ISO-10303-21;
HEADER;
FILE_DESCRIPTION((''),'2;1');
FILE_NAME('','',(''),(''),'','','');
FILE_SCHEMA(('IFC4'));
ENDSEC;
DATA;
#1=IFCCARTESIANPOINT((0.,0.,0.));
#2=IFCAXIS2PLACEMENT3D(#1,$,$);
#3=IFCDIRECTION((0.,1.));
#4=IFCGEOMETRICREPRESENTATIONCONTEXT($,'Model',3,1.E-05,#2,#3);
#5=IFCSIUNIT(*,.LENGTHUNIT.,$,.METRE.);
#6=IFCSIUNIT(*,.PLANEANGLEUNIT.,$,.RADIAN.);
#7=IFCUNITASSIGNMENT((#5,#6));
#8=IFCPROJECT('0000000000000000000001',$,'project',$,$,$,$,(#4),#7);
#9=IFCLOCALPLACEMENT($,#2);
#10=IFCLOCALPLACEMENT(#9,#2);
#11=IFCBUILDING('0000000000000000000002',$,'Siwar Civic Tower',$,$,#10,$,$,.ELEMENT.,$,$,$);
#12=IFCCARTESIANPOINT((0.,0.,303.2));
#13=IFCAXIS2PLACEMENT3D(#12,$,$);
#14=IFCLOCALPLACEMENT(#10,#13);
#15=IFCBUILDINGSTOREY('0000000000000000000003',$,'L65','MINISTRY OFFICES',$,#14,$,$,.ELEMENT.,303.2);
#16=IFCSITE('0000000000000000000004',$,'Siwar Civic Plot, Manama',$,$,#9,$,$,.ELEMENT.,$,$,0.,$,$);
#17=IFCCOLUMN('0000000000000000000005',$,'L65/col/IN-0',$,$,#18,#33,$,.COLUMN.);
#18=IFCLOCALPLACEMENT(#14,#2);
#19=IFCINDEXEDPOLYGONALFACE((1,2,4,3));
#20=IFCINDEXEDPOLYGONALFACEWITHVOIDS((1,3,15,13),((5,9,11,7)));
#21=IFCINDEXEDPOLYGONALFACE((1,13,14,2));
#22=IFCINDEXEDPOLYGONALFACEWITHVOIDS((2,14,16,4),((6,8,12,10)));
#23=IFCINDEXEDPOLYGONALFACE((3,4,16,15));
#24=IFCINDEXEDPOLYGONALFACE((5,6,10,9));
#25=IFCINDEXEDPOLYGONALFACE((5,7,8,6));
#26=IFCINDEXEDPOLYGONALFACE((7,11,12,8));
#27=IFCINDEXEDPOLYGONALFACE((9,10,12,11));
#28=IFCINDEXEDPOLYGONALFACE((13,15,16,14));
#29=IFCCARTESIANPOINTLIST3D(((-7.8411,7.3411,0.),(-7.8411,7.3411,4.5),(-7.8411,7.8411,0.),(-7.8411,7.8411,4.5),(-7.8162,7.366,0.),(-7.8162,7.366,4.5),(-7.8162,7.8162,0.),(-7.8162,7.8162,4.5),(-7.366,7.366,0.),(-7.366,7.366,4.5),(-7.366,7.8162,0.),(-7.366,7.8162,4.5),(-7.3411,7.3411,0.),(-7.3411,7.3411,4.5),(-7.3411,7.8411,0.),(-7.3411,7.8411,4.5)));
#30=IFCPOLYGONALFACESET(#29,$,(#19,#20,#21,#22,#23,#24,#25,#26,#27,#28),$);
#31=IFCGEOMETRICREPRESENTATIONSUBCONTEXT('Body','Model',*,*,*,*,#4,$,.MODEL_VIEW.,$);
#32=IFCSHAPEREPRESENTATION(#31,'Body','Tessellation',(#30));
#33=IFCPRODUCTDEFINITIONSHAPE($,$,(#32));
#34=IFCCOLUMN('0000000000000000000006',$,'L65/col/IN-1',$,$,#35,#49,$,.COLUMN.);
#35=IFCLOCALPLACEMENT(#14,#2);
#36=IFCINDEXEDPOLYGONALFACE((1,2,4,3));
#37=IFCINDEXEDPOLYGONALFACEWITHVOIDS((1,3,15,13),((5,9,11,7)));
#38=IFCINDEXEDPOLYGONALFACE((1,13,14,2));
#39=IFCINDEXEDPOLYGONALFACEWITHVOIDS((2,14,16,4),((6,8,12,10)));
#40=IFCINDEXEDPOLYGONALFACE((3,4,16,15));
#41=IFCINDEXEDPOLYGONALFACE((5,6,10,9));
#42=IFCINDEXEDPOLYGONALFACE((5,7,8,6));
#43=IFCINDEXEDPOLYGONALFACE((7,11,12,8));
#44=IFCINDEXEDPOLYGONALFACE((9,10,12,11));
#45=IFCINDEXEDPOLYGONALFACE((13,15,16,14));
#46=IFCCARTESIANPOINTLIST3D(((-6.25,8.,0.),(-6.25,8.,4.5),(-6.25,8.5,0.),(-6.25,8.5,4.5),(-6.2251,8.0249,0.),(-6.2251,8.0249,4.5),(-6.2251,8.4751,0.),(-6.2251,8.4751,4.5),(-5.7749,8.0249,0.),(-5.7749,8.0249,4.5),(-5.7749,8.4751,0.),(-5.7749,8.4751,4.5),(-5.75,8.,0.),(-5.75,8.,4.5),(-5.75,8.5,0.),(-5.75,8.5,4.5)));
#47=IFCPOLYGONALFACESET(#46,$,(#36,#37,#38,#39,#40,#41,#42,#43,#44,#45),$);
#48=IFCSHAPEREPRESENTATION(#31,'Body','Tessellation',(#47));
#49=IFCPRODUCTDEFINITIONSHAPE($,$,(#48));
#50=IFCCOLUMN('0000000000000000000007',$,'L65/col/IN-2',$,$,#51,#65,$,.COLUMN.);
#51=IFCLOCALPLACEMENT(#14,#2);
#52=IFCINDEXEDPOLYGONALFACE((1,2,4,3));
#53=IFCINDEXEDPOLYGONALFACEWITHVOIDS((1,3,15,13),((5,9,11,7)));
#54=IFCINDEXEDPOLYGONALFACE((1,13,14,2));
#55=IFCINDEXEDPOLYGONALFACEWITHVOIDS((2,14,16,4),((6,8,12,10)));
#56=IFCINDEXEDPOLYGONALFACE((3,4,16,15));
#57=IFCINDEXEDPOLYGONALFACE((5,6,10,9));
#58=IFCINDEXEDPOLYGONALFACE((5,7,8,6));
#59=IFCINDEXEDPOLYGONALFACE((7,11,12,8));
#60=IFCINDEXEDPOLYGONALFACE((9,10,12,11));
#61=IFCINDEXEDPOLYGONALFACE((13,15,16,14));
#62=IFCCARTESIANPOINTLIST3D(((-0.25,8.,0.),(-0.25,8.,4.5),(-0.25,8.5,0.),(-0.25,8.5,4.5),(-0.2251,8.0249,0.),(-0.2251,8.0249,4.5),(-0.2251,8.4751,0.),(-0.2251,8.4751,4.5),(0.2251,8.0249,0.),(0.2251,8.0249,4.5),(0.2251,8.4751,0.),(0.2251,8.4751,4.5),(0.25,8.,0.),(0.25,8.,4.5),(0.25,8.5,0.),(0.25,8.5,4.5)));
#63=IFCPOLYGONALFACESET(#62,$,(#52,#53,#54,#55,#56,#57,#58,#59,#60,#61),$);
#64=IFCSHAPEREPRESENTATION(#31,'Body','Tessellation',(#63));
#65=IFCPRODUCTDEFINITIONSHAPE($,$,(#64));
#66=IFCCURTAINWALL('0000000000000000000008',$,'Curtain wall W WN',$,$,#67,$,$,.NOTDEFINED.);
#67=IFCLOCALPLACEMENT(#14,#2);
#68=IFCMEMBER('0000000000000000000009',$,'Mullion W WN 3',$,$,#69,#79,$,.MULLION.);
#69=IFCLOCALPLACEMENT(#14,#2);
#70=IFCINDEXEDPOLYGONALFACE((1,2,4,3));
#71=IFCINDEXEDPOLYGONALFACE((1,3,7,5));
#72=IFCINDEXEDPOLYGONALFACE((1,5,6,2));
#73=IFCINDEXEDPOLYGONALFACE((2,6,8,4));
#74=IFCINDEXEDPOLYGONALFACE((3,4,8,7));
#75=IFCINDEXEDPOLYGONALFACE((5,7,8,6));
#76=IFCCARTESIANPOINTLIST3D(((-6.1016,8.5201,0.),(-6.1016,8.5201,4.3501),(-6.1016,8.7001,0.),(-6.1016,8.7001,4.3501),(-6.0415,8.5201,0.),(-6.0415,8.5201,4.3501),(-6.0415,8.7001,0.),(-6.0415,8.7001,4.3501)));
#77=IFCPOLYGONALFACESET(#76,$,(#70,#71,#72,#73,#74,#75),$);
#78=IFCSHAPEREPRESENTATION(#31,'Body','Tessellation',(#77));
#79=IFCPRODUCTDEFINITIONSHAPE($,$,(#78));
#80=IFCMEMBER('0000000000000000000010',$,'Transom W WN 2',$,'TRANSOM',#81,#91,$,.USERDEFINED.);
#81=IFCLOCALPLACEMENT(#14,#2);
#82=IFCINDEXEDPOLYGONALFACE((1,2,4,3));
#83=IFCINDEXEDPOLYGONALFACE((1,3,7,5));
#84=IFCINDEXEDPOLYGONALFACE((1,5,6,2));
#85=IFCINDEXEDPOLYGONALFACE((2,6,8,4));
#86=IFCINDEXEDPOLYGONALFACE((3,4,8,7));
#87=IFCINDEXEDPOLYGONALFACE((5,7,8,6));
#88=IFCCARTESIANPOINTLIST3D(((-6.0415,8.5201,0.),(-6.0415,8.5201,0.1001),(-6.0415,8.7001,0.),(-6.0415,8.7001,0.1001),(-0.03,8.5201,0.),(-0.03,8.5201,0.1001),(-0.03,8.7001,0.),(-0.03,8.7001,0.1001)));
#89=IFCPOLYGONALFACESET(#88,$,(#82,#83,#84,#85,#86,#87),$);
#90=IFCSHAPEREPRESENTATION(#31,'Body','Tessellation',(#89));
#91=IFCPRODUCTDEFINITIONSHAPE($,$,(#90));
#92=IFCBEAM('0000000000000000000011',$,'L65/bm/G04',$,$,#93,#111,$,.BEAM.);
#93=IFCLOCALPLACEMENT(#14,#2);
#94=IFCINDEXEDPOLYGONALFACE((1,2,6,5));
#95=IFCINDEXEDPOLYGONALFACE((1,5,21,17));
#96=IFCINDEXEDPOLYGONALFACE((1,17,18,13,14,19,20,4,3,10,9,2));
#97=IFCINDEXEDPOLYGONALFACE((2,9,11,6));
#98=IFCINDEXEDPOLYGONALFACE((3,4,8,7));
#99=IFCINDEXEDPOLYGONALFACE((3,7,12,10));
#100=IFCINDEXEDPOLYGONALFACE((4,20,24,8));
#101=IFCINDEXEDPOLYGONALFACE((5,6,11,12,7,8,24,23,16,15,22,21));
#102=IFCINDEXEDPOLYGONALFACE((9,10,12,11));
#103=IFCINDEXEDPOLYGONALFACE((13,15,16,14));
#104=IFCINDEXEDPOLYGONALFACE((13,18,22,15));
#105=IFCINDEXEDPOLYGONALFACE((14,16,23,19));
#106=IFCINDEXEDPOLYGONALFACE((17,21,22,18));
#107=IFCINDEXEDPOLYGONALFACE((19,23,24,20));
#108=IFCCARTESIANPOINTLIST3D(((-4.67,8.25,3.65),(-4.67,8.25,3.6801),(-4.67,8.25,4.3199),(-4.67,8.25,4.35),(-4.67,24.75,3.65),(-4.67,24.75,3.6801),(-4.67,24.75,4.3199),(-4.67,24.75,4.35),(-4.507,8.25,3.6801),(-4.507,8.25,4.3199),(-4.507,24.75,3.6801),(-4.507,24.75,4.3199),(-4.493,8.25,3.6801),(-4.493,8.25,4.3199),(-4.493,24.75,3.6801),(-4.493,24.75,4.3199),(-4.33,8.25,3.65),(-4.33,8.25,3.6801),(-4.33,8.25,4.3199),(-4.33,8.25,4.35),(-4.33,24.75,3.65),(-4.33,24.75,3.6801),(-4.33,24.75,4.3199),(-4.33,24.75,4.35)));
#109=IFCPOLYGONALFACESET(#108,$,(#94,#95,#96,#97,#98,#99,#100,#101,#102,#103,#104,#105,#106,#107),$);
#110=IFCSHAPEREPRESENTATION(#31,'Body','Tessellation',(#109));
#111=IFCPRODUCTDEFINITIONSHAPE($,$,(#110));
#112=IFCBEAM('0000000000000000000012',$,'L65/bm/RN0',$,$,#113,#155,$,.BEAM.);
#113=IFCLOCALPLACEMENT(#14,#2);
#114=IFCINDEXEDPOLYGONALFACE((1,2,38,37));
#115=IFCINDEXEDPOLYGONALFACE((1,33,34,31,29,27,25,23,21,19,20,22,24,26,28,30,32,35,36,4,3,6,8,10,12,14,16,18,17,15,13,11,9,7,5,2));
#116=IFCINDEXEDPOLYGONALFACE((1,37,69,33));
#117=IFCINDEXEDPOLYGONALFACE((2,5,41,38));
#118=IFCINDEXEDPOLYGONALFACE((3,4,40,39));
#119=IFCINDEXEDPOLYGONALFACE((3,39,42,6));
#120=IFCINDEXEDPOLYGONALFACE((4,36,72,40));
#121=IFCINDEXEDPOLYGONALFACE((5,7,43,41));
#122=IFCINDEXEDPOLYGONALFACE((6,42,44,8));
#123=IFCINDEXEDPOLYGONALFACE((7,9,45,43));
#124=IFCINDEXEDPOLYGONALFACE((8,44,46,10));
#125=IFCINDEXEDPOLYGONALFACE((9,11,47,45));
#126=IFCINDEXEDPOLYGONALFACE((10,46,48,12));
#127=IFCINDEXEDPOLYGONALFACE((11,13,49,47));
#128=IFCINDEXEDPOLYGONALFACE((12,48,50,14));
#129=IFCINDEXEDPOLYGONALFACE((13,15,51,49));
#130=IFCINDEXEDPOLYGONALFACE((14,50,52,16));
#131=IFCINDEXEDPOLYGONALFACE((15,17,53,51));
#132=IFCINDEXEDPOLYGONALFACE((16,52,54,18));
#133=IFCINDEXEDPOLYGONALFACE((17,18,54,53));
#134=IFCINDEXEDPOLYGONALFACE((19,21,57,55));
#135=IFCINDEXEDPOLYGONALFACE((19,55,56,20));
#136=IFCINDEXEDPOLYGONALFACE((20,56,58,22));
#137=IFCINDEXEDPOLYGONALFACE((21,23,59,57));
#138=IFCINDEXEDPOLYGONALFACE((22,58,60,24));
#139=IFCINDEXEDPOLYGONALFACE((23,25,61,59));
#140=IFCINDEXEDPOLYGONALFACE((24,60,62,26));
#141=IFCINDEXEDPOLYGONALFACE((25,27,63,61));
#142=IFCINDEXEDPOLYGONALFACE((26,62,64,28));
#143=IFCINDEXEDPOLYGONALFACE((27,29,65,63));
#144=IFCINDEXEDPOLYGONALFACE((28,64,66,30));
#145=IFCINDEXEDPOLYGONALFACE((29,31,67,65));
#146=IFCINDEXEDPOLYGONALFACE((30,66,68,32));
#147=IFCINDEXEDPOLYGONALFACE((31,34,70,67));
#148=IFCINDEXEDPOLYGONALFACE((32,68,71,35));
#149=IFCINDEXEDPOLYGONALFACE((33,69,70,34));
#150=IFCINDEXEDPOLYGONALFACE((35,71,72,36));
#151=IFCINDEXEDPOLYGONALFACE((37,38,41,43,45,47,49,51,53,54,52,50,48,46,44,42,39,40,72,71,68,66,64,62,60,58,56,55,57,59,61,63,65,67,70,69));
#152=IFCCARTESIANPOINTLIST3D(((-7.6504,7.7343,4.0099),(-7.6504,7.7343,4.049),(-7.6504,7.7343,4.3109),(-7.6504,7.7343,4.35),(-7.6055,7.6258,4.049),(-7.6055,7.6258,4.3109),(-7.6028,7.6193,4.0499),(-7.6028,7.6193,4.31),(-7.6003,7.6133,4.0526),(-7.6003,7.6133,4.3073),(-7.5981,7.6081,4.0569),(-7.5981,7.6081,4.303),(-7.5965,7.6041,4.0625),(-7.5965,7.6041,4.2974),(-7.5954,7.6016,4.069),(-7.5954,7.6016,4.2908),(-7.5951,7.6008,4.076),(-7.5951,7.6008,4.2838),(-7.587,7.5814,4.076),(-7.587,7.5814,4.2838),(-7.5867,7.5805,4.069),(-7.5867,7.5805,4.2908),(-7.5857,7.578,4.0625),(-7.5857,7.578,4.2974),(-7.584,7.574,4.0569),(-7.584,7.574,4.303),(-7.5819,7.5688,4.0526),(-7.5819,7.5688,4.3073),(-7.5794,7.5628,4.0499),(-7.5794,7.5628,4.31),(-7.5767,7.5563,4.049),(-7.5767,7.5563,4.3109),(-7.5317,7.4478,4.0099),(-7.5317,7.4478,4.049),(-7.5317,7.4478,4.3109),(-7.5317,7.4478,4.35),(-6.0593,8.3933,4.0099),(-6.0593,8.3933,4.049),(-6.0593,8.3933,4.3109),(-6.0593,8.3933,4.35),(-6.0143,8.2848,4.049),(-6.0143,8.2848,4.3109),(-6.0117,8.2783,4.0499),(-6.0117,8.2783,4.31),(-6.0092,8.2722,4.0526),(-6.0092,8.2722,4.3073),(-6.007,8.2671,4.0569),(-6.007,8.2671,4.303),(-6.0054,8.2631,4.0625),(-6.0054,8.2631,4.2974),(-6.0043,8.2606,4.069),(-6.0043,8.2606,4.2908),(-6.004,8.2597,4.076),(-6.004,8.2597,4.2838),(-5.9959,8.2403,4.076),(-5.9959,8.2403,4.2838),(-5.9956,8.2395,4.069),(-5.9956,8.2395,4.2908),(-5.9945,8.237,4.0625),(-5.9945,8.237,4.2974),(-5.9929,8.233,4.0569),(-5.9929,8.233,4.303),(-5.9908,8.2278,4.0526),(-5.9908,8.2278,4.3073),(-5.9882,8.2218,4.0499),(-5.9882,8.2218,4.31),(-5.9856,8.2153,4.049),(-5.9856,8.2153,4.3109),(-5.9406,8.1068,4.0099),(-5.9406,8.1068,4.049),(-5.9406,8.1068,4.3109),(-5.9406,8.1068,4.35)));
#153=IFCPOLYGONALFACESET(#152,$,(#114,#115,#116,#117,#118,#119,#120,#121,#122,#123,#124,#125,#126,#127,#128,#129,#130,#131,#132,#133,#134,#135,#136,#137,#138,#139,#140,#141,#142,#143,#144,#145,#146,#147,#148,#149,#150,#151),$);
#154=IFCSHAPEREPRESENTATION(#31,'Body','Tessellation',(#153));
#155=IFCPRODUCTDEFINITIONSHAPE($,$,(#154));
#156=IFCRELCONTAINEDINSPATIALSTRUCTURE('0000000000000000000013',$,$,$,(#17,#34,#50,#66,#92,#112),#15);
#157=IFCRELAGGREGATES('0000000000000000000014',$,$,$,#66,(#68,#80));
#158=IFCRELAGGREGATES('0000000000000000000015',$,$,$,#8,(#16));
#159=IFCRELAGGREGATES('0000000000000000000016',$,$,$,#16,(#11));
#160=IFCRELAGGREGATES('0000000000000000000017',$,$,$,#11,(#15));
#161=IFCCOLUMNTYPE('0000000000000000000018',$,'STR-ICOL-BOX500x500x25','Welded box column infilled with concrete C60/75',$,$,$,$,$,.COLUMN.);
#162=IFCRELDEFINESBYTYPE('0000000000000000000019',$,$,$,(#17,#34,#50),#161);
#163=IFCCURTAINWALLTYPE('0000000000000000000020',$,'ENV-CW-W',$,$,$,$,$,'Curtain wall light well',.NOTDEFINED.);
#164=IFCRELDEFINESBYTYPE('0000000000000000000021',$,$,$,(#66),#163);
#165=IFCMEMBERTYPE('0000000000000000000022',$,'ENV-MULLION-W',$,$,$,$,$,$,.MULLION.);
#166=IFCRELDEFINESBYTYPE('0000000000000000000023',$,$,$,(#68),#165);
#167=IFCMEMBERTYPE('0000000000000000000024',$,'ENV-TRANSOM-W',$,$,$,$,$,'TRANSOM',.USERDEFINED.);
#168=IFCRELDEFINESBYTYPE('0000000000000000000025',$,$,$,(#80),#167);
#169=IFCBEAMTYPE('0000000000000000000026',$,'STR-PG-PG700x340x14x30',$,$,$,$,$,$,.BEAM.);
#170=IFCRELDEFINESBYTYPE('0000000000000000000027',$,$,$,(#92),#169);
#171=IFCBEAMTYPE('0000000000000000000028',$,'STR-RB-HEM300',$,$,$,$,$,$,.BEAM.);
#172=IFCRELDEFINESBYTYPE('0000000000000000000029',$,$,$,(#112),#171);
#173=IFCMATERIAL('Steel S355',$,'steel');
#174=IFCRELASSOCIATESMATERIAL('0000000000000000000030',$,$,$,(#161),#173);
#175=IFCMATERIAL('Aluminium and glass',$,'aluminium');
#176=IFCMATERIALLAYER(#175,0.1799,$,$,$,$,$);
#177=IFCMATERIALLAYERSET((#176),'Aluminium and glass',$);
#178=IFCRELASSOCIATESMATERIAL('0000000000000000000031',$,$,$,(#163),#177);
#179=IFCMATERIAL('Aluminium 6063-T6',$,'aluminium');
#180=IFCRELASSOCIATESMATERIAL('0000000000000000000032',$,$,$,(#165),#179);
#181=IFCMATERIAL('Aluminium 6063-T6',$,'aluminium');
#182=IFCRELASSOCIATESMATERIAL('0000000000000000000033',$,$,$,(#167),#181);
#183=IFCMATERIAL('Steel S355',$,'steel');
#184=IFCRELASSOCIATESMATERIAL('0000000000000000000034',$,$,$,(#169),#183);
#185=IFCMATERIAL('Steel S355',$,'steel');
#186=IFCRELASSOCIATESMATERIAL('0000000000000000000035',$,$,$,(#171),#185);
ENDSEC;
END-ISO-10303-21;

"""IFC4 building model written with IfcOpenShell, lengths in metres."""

from ifc_helpers import new_model, si_unit, direction, frame, origin, origin_2d, place, context, subcontext, project, spatial, rectangle, hollow_rectangle, i_section, extrude, material, layer, layer_set, material_profile, profile_set, type_object, element, aggregate, save


model = new_model("IFC4")

# Units and contexts
model_context = context("Model", 3, precision=1e-05, world=origin(), true_north=direction((0.0, 1.0)))
body_context = subcontext(model_context, "Body", "Model", "MODEL_VIEW")
ifc_project = project(units=[si_unit("LENGTHUNIT", "METRE"), si_unit("PLANEANGLEUNIT", "RADIAN")], contexts=[model_context])

# Site, building, storey
site_placement = place(None, origin())
site = spatial("IfcSite", under=ifc_project, at=site_placement, Name="Siwar Civic Plot, Manama", CompositionType="ELEMENT", RefElevation=0.0)
building_placement = place(site_placement, origin())
building = spatial("IfcBuilding", under=site, at=building_placement, Name="Siwar Civic Tower", CompositionType="ELEMENT")
storey_placement = place(building_placement, frame((0.0, 0.0, 303.2)))
storey = spatial("IfcBuildingStorey", under=building, at=storey_placement, Name="L65", Description="MINISTRY OFFICES", CompositionType="ELEMENT", Elevation=303.2)

# Columns
ifc_material_1 = material(Name="Steel S355", Category="steel")
ifc_material_profile_1 = material_profile(ifc_material_1, hollow_rectangle(XDim=0.5, YDim=0.5, WallThickness=0.0249, at=origin_2d()), Name="BOX500x500x25")
ifc_profile_set_1 = profile_set([ifc_material_profile_1], Name="Steel S355")
column_type = type_object("IfcColumnType", Name="STR-ICOL-BOX500x500x25", Description="Welded box column infilled with concrete C60/75", PredefinedType="COLUMN", material=ifc_profile_set_1)
for number, where, z_axis, x_axis, name in (
    (1, (-7.5911, 7.5911, 0.0), (0.0, 0.0, 1.0), (1.0, 0.0, 0.0), "L65/col/IN-0"),
    (2, (-6.0, 8.25, 0.0), (0.0, 0.0, 1.0), (1.0, 0.0, 0.0), "L65/col/IN-1"),
    (3, (0.0, 8.25, 0.0), (0.0, 0.0, 1.0), (1.0, 0.0, 0.0), "L65/col/IN-2"),
):
    element("IfcColumn", number, at=place(storey_placement, frame(where, z_axis=z_axis, x_axis=x_axis)), inside=storey, type_object=column_type, Name=name, PredefinedType="COLUMN", context=body_context, shape_type="SweptSolid", body=[
        extrude(hollow_rectangle(XDim=0.5, YDim=0.5, WallThickness=0.0249, at=origin_2d()), origin(), (0.0, 0.0, 1.0), 4.5),
    ])

# Curtain wall, members
ifc_material_2 = material(Name="Aluminium and glass", Category="aluminium")
ifc_layer_1 = layer(ifc_material_2, 0.1799)
ifc_layer_set_1 = layer_set([ifc_layer_1], Name="Aluminium and glass")
curtain_wall_type = type_object("IfcCurtainWallType", Name="ENV-CW-W", ElementType="Curtain wall light well", PredefinedType="NOTDEFINED", material=ifc_layer_set_1)
curtain_wall_placement = place(storey_placement, origin())
curtain_wall = element("IfcCurtainWall", 4, at=curtain_wall_placement, inside=storey, type_object=curtain_wall_type, Name="Curtain wall W WN", PredefinedType="NOTDEFINED")
ifc_material_3 = material(Name="Aluminium 6063-T6", Category="aluminium")
ifc_material_profile_2 = material_profile(ifc_material_3, rectangle(XDim=0.1799, YDim=0.0601, at=origin_2d()), Name="AL 180x60")
ifc_profile_set_2 = profile_set([ifc_material_profile_2], Name="Aluminium 6063-T6")
member_type_1 = type_object("IfcMemberType", Name="ENV-MULLION-W", PredefinedType="MULLION", material=ifc_profile_set_2)
member_1_placement = place(storey_placement, frame((-6.0715, 8.6101, 0.0), z_axis=(0.0, 0.0, 1.0), x_axis=(0.0, -1.0, 0.0)))
member_1 = element("IfcMember", 5, at=member_1_placement, type_object=member_type_1, Name="Mullion W WN 3", PredefinedType="MULLION", context=body_context, shape_type="SweptSolid", body=[
    extrude(rectangle(XDim=0.1799, YDim=0.0601, at=origin_2d()), origin(), (0.0, 0.0, 1.0), 4.3501),
])
ifc_material_4 = material(Name="Aluminium 6063-T6", Category="aluminium")
ifc_material_profile_3 = material_profile(ifc_material_4, rectangle(XDim=0.1799, YDim=0.1001, at=origin_2d()), Name="AL 180x100")
ifc_profile_set_3 = profile_set([ifc_material_profile_3], Name="Aluminium 6063-T6")
member_type_2 = type_object("IfcMemberType", Name="ENV-TRANSOM-W", ElementType="TRANSOM", PredefinedType="USERDEFINED", material=ifc_profile_set_3)
member_2_placement = place(storey_placement, frame((-0.03, 8.6101, 0.05), z_axis=(-1.0, 0.0, 0.0), x_axis=(0.0, -1.0, 0.0)))
member_2 = element("IfcMember", 6, at=member_2_placement, type_object=member_type_2, Name="Transom W WN 2", ObjectType="TRANSOM", PredefinedType="USERDEFINED", context=body_context, shape_type="SweptSolid", body=[
    extrude(rectangle(XDim=0.1799, YDim=0.1001, at=origin_2d()), origin(), (0.0, 0.0, 1.0), 6.0115),
])

# Beams
ifc_material_5 = material(Name="Steel S355", Category="steel")
ifc_material_profile_4 = material_profile(ifc_material_5, i_section(OverallWidth=0.3401, OverallDepth=0.7, WebThickness=0.0139, FlangeThickness=0.03, at=origin_2d()), Name="PG700x340x14x30")
ifc_profile_set_4 = profile_set([ifc_material_profile_4], Name="Steel S355")
beam_type_1 = type_object("IfcBeamType", Name="STR-PG-PG700x340x14x30", PredefinedType="BEAM", material=ifc_profile_set_4)
beam_1_placement = place(storey_placement, frame((-4.5, 8.25, 4.0), z_axis=(0.0, 1.0, 0.0), x_axis=(-1.0, 0.0, 0.0)))
element("IfcBeam", 7, at=beam_1_placement, inside=storey, type_object=beam_type_1, Name="L65/bm/G04", PredefinedType="BEAM", context=body_context, shape_type="SweptSolid", body=[
    extrude(i_section(OverallWidth=0.3401, OverallDepth=0.7, WebThickness=0.0139, FlangeThickness=0.03, at=origin_2d()), origin(), (0.0, 0.0, 1.0), 16.5),
])
ifc_material_6 = material(Name="Steel S355", Category="steel")
ifc_material_profile_5 = material_profile(ifc_material_6, i_section(OverallWidth=0.3101, OverallDepth=0.3401, WebThickness=0.021, FlangeThickness=0.0391, FilletRadius=0.0271, at=origin_2d()), Name="HEM300")
ifc_profile_set_5 = profile_set([ifc_material_profile_5], Name="Steel S355")
beam_type_2 = type_object("IfcBeamType", Name="STR-RB-HEM300", PredefinedType="BEAM", material=ifc_profile_set_5)
beam_2_placement = place(storey_placement, frame((-7.5911, 7.5911, 4.1799), z_axis=(0.923901, 0.382631, 0.0), x_axis=(-0.382631, 0.923901, 0.0)))
element("IfcBeam", 8, at=beam_2_placement, inside=storey, type_object=beam_type_2, Name="L65/bm/RN0", PredefinedType="BEAM", context=body_context, shape_type="SweptSolid", body=[
    extrude(i_section(OverallWidth=0.3101, OverallDepth=0.3401, WebThickness=0.021, FlangeThickness=0.0391, FilletRadius=0.0271, at=origin_2d()), origin(), (0.0, 0.0, 1.0), 1.7222),
])

aggregate(curtain_wall, [member_1, member_2])

save(model, "model.ifc")
